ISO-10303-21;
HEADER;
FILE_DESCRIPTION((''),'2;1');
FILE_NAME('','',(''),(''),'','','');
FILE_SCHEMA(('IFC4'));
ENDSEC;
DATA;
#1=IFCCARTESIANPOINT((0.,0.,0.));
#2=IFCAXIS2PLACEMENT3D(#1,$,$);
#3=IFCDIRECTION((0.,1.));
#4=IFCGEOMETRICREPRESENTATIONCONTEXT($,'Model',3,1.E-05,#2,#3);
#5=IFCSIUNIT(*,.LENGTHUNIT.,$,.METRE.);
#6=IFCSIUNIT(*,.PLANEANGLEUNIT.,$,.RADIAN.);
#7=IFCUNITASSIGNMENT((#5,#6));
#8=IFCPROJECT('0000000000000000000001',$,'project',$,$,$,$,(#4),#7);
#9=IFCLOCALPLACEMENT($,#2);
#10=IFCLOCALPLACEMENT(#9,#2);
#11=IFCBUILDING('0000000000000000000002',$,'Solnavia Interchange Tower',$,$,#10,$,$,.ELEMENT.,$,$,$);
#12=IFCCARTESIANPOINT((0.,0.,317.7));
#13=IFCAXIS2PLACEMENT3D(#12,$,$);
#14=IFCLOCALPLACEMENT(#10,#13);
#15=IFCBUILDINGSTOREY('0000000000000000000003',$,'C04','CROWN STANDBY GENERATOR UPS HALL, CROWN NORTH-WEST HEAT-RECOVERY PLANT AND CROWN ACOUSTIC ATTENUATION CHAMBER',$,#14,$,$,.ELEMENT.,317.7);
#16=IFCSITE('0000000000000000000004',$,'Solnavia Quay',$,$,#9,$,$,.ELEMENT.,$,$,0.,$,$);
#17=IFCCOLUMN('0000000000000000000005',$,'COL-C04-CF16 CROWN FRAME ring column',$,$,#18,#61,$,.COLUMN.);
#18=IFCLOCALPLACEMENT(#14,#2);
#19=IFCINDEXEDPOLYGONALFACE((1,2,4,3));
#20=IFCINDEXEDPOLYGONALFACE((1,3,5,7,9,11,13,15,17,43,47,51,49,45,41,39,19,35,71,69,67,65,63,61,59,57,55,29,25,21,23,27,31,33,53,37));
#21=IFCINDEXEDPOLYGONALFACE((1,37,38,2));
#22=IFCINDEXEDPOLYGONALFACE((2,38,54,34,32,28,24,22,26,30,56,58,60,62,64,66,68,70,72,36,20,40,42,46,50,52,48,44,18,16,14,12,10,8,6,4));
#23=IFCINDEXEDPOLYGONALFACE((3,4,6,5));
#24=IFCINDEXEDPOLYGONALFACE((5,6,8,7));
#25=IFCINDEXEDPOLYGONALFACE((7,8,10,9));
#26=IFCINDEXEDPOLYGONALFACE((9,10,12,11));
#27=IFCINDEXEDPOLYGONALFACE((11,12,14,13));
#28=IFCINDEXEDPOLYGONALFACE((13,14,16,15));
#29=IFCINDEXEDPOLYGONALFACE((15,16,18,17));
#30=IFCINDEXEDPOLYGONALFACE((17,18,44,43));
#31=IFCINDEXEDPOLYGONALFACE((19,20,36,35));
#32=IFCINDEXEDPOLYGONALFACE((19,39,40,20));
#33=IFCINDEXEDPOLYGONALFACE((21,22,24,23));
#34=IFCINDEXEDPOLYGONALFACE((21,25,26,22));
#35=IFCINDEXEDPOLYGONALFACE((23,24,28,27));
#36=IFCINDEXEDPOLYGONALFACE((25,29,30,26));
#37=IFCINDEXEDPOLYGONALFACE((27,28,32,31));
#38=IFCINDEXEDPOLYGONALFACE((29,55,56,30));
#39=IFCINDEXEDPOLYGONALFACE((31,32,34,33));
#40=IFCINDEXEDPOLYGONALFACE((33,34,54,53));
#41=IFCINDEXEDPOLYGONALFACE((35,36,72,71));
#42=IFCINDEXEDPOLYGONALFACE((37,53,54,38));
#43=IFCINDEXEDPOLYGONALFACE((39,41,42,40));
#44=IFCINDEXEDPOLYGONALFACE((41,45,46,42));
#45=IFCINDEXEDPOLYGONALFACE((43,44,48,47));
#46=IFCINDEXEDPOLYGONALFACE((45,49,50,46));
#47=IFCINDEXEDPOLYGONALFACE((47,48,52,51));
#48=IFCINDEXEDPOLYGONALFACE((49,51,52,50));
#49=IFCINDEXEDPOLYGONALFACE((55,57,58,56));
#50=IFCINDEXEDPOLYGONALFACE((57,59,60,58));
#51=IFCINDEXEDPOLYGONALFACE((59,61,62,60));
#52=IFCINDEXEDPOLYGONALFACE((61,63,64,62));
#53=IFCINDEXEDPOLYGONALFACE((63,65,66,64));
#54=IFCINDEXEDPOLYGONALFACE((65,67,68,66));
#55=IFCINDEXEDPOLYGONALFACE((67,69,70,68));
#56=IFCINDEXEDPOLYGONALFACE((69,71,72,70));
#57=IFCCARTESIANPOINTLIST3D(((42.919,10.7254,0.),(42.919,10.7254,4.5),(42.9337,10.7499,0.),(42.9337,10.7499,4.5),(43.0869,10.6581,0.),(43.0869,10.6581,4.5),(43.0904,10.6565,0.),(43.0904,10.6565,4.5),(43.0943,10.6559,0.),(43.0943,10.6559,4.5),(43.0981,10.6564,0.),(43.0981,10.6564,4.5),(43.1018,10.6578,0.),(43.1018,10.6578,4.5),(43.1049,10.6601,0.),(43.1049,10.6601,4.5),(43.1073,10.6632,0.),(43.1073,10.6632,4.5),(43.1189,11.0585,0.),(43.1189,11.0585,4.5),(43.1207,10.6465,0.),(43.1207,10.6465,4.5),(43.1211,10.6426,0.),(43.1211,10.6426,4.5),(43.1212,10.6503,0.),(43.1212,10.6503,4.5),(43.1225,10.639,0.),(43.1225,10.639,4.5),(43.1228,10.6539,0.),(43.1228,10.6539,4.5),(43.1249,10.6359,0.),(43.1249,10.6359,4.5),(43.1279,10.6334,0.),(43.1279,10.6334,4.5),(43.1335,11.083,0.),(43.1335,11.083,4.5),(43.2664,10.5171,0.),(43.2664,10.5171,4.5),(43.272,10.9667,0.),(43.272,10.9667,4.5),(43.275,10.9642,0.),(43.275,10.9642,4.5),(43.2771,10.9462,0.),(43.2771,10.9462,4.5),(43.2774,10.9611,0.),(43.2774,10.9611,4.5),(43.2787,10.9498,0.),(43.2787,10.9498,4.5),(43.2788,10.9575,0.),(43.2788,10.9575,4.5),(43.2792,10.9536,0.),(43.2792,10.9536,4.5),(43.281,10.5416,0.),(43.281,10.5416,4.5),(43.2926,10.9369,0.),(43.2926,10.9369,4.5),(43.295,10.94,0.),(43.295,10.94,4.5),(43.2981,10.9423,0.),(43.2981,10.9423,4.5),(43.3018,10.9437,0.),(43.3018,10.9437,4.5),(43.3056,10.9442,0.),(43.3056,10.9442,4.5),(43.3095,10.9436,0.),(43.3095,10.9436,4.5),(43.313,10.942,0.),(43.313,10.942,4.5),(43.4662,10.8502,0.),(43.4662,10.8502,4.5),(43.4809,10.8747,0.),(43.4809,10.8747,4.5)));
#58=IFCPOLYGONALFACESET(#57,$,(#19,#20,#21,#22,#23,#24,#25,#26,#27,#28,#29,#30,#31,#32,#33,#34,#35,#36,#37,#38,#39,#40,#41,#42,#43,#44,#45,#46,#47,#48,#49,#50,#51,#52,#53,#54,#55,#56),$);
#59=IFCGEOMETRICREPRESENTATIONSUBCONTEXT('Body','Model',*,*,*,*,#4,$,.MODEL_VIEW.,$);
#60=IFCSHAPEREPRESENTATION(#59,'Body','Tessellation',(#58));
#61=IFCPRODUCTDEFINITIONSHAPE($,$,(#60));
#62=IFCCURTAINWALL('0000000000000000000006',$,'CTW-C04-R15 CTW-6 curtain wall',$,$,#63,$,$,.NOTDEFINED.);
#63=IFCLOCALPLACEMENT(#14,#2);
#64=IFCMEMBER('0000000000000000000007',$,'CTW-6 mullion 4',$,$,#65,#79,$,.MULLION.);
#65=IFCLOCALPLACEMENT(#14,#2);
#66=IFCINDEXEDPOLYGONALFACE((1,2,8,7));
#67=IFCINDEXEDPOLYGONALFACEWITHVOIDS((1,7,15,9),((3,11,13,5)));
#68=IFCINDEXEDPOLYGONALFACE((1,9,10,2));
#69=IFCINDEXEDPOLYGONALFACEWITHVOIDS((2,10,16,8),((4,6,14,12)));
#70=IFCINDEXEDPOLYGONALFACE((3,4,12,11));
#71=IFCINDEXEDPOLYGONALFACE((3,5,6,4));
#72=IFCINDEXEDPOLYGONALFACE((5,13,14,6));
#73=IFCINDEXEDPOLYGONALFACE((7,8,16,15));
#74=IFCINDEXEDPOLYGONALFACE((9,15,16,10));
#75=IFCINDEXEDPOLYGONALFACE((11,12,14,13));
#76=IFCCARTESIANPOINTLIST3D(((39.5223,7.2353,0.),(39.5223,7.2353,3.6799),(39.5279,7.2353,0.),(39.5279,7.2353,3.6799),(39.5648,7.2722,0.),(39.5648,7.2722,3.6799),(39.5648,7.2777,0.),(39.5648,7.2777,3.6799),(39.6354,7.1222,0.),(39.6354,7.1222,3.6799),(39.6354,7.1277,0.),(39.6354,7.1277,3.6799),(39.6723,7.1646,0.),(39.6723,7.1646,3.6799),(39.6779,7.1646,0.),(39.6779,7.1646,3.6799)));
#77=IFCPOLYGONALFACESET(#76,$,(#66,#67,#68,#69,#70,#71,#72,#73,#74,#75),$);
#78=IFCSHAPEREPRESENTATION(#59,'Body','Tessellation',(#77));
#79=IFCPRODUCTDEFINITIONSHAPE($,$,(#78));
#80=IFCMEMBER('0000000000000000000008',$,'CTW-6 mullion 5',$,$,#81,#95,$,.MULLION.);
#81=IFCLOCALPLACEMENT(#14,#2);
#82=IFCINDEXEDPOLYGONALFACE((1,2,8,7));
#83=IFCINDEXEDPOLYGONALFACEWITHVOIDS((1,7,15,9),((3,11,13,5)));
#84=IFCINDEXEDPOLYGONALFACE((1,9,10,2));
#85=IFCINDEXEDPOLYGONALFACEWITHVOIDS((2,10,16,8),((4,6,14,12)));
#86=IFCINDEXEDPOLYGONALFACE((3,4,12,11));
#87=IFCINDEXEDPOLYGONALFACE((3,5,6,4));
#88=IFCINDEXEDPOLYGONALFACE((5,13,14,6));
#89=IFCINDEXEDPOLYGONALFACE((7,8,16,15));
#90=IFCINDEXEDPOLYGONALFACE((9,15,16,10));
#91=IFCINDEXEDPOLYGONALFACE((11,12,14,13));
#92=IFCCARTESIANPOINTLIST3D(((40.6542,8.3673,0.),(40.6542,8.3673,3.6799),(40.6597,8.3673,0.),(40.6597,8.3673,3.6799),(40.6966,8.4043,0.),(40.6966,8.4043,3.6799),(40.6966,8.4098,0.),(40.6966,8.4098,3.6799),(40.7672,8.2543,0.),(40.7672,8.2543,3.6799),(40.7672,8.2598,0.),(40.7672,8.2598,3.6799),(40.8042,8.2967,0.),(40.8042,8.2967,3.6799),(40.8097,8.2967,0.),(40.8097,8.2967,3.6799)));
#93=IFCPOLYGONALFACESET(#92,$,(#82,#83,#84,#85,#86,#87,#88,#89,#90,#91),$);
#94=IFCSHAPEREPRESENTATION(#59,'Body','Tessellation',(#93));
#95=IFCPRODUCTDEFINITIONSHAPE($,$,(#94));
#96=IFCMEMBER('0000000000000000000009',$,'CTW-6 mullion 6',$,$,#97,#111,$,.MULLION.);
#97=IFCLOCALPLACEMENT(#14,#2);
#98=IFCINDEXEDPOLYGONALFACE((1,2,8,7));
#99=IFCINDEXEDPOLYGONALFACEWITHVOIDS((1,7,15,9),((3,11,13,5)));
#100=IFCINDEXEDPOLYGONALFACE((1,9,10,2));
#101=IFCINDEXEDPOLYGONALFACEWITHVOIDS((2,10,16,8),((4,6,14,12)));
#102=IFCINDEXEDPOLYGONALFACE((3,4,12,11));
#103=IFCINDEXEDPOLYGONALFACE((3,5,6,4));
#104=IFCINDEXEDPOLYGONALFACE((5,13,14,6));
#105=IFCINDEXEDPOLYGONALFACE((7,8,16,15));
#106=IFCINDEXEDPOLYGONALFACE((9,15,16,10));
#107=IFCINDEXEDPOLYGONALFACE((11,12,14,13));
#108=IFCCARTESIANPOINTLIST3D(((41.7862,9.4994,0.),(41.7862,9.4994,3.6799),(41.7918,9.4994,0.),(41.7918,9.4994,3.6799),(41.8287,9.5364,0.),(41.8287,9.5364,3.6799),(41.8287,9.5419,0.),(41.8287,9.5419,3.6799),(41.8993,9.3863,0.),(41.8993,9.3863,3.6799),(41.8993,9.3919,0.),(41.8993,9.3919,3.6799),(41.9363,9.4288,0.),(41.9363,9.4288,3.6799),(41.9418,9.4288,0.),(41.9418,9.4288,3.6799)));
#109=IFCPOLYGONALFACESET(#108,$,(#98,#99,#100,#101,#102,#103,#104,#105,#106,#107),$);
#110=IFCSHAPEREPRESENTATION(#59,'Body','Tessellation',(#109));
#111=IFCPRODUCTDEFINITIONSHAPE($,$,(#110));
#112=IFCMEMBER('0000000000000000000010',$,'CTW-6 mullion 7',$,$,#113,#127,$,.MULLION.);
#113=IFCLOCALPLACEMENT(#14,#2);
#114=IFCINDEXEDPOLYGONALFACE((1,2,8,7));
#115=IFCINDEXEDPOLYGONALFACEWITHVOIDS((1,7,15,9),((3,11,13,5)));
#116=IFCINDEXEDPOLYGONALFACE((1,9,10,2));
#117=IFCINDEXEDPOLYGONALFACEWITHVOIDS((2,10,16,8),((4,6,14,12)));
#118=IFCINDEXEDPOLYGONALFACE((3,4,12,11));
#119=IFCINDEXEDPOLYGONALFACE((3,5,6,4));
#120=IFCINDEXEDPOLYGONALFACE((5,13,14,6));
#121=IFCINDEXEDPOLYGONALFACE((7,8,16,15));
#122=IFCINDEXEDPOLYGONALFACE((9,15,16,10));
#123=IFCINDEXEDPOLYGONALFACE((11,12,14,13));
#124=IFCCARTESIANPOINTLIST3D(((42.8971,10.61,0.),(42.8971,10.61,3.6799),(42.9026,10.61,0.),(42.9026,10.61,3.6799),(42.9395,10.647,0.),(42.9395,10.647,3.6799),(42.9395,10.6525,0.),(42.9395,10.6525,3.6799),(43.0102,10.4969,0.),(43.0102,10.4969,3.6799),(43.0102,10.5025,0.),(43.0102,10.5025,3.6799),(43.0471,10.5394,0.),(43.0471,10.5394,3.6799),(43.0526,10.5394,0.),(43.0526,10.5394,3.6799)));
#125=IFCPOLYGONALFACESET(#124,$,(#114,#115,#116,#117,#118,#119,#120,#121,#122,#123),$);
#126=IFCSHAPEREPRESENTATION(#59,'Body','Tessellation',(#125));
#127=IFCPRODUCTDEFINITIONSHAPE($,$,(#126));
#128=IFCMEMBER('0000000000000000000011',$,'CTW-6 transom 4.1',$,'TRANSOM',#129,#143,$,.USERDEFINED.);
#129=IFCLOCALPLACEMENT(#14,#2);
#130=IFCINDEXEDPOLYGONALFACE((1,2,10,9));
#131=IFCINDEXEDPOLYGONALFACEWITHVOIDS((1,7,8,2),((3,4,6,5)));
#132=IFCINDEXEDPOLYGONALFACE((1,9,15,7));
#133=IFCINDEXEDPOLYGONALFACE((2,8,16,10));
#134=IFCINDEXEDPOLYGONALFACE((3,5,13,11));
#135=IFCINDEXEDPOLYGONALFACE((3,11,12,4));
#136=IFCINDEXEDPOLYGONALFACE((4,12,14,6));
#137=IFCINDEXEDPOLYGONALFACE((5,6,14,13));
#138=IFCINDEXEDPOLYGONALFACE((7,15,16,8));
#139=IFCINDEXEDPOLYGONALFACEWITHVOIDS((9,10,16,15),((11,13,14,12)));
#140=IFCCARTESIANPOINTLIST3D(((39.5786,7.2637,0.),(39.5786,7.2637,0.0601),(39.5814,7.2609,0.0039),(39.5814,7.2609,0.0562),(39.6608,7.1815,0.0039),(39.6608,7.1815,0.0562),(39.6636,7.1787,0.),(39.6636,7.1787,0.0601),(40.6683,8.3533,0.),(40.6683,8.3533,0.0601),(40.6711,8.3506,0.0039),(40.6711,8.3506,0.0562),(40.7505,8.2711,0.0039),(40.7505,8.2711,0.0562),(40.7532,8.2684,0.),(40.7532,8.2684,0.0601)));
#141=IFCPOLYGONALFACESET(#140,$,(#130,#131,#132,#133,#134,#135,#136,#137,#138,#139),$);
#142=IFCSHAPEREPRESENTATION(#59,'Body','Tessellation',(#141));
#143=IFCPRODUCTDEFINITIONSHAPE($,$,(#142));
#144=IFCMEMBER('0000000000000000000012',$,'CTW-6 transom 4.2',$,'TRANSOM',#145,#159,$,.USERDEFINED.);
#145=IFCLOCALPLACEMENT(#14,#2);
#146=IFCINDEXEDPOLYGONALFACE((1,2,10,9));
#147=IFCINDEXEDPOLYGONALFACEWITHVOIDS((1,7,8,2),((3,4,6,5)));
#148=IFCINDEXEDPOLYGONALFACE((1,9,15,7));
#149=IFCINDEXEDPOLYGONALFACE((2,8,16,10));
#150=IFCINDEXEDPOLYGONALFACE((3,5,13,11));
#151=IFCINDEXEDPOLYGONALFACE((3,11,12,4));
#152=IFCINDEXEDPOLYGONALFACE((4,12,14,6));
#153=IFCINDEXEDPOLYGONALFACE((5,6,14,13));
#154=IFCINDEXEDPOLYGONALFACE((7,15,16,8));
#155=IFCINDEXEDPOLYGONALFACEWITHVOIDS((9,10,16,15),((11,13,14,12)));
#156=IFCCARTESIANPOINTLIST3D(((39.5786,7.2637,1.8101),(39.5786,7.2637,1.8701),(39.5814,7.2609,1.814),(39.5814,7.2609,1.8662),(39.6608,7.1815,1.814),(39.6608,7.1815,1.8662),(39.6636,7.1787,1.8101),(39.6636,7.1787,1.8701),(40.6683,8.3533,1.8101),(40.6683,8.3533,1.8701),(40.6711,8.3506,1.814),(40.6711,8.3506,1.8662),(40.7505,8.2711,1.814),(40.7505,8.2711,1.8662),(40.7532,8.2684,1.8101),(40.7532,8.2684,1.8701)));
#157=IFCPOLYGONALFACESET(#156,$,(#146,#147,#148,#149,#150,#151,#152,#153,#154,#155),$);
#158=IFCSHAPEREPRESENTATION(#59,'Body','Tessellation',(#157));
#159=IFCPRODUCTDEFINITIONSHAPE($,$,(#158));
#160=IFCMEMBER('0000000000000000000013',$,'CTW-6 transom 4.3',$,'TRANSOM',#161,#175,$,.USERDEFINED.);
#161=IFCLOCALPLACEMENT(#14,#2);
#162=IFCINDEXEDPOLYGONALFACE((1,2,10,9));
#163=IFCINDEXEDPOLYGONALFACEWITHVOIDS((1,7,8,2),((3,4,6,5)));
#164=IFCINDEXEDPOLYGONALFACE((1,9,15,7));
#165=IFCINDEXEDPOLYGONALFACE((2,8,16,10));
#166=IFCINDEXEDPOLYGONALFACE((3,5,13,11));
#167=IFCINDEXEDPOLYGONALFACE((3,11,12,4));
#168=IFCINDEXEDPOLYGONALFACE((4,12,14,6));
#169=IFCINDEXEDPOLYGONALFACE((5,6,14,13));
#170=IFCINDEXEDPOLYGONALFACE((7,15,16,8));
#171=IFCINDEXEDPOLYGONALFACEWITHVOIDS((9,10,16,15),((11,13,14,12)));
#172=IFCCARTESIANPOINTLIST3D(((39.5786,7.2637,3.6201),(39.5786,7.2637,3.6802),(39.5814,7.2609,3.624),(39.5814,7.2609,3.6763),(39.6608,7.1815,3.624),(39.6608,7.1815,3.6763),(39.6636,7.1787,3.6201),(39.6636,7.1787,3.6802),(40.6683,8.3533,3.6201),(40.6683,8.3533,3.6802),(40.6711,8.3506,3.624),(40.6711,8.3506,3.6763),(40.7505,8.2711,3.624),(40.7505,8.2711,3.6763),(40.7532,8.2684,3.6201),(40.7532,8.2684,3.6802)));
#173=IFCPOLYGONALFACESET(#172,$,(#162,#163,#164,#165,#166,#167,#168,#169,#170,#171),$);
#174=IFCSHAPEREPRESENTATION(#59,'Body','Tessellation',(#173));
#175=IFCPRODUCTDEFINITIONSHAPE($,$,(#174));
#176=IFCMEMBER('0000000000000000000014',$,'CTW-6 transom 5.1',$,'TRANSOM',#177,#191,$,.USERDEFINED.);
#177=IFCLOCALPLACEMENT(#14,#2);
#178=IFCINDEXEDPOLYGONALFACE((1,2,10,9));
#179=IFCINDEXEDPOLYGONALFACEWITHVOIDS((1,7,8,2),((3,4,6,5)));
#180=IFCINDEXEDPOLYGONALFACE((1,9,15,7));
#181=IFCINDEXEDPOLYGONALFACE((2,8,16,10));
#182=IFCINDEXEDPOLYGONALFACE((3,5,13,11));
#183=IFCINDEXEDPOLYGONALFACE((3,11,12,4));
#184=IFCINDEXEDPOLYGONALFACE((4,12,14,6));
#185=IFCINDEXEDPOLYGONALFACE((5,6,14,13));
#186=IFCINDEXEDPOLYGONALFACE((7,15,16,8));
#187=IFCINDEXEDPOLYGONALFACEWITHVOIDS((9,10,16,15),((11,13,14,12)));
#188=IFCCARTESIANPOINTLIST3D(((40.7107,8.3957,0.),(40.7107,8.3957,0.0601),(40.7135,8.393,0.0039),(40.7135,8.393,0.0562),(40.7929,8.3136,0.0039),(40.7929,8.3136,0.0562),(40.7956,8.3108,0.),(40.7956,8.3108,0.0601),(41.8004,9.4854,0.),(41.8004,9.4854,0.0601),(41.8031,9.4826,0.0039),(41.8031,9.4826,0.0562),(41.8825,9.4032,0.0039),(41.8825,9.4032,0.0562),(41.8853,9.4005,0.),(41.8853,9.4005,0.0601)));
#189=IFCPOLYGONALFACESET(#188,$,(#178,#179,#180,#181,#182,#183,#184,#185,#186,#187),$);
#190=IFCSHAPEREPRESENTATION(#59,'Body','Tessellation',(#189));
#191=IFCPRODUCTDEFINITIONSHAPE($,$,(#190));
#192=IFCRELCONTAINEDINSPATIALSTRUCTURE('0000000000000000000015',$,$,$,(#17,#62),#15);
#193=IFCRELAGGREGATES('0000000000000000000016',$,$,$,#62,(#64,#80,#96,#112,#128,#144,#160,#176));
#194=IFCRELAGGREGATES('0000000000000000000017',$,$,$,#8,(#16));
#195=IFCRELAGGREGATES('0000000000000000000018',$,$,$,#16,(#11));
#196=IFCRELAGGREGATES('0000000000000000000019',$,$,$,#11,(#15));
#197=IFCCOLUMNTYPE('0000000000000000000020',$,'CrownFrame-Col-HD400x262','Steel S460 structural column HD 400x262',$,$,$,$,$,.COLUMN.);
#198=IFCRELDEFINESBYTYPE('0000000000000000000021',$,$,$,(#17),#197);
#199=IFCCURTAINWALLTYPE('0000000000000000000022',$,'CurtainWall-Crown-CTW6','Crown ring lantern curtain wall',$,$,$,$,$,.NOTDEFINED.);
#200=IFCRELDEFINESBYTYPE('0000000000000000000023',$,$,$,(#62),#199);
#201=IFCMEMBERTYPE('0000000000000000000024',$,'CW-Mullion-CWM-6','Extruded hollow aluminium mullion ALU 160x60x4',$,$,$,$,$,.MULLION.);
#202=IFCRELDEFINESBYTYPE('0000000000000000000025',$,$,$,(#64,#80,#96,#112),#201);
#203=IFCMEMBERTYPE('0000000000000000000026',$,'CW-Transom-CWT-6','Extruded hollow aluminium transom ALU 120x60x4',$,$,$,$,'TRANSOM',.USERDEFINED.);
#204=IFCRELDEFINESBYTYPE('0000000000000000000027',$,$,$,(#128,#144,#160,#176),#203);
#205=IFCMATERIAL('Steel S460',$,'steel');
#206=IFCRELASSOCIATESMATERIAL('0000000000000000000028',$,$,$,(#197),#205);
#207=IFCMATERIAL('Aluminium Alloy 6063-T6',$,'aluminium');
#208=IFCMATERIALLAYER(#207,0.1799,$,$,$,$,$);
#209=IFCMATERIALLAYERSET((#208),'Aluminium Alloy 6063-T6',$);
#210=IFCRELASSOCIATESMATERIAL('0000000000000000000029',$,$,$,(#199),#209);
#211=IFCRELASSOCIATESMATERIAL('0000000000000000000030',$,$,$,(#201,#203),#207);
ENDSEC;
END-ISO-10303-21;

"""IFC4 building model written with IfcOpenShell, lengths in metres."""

from ifc_helpers import new_model, si_unit, direction, frame, origin, origin_2d, place, context, subcontext, project, spatial, hollow_rectangle, i_section, extrude, material, layer, layer_set, material_profile, profile_set, type_object, element, aggregate, save


model = new_model("IFC4")

# Units and contexts
model_context = context("Model", 3, precision=1e-05, world=origin(), true_north=direction((0.0, 1.0)))
body_context = subcontext(model_context, "Body", "Model", "MODEL_VIEW")
ifc_project = project(units=[si_unit("LENGTHUNIT", "METRE"), si_unit("PLANEANGLEUNIT", "RADIAN")], contexts=[model_context])

# Site, building, storey
site_placement = place(None, origin())
site = spatial("IfcSite", under=ifc_project, at=site_placement, Name="Solnavia Quay", CompositionType="ELEMENT", RefElevation=0.0)
building_placement = place(site_placement, origin())
building = spatial("IfcBuilding", under=site, at=building_placement, Name="Solnavia Interchange Tower", CompositionType="ELEMENT")
storey_placement = place(building_placement, frame((0.0, 0.0, 317.7)))
storey = spatial("IfcBuildingStorey", under=building, at=storey_placement, Name="C04", Description="CROWN STANDBY GENERATOR UPS HALL, CROWN NORTH-WEST HEAT-RECOVERY PLANT AND CROWN ACOUSTIC ATTENUATION CHAMBER", CompositionType="ELEMENT", Elevation=317.7)

# Column
ifc_material_1 = material(Name="Steel S460", Category="steel")
ifc_material_profile_1 = material_profile(ifc_material_1, i_section(OverallWidth=0.405, OverallDepth=0.417, WebThickness=0.0181, FlangeThickness=0.0286, FilletRadius=0.0149, at=origin_2d()), Name="HD 400x262")
ifc_profile_set_1 = profile_set([ifc_material_profile_1], Name="Steel S460")
column_type = type_object("IfcColumnType", Name="CrownFrame-Col-HD400x262", Description="Steel S460 structural column HD 400x262", PredefinedType="COLUMN", material=ifc_profile_set_1)
column_placement = place(storey_placement, frame((43.2, 10.8, 0.0), z_axis=(0.0, 0.0, 1.0), x_axis=(0.857527, -0.51444, 0.0)))
element("IfcColumn", 1, at=column_placement, inside=storey, type_object=column_type, Name="COL-C04-CF16 CROWN FRAME ring column", PredefinedType="COLUMN", context=body_context, shape_type="SweptSolid", body=[
    extrude(i_section(OverallWidth=0.405, OverallDepth=0.417, WebThickness=0.0181, FlangeThickness=0.0286, FilletRadius=0.0149, at=origin_2d()), origin(), (0.0, 0.0, 1.0), 4.5),
])

# Curtain wall, members
ifc_material_2 = material(Name="Aluminium Alloy 6063-T6", Category="aluminium")
ifc_layer_1 = layer(ifc_material_2, 0.1799)
ifc_layer_set_1 = layer_set([ifc_layer_1], Name="Aluminium Alloy 6063-T6")
curtain_wall_type = type_object("IfcCurtainWallType", Name="CurtainWall-Crown-CTW6", Description="Crown ring lantern curtain wall", PredefinedType="NOTDEFINED", material=ifc_layer_set_1)
curtain_wall_placement = place(storey_placement, origin())
curtain_wall = element("IfcCurtainWall", 2, at=curtain_wall_placement, inside=storey, type_object=curtain_wall_type, Name="CTW-C04-R15 CTW-6 curtain wall", PredefinedType="NOTDEFINED")
ifc_material_profile_2 = material_profile(ifc_material_2, hollow_rectangle(XDim=0.0601, YDim=0.1599, WallThickness=0.0039, at=origin_2d()), Name="ALU 160x60x4")
ifc_profile_set_2 = profile_set([ifc_material_profile_2], Name="Aluminium Alloy 6063-T6")
member_type_1 = type_object("IfcMemberType", Name="CW-Mullion-CWM-6", Description="Extruded hollow aluminium mullion ALU 160x60x4", PredefinedType="MULLION", material=ifc_profile_set_2)
member_1_placement = place(storey_placement, frame((39.6001, 7.2, 0.0), z_axis=(0.0, 0.0, 1.0), x_axis=(0.707107, 0.707107, 0.0)))
member_1 = element("IfcMember", 3, at=member_1_placement, type_object=member_type_1, Name="CTW-6 mullion 4", PredefinedType="MULLION", context=body_context, shape_type="SweptSolid", body=[
    extrude(hollow_rectangle(XDim=0.0601, YDim=0.1599, WallThickness=0.0039, at=origin_2d()), origin(), (0.0, 0.0, 1.0), 3.6799),
])
member_2_placement = place(storey_placement, frame((40.7319, 8.332, 0.0), z_axis=(0.0, 0.0, 1.0), x_axis=(0.707107, 0.707107, 0.0)))
member_2 = element("IfcMember", 4, at=member_2_placement, type_object=member_type_1, Name="CTW-6 mullion 5", PredefinedType="MULLION", context=body_context, shape_type="SweptSolid", body=[
    extrude(hollow_rectangle(XDim=0.0601, YDim=0.1599, WallThickness=0.0039, at=origin_2d()), origin(), (0.0, 0.0, 1.0), 3.6799),
])
member_3_placement = place(storey_placement, frame((41.864, 9.4641, 0.0), z_axis=(0.0, 0.0, 1.0), x_axis=(0.707107, 0.707107, 0.0)))
member_3 = element("IfcMember", 5, at=member_3_placement, type_object=member_type_1, Name="CTW-6 mullion 6", PredefinedType="MULLION", context=body_context, shape_type="SweptSolid", body=[
    extrude(hollow_rectangle(XDim=0.0601, YDim=0.1599, WallThickness=0.0039, at=origin_2d()), origin(), (0.0, 0.0, 1.0), 3.6799),
])
member_4_placement = place(storey_placement, frame((42.9749, 10.5747, 0.0), z_axis=(0.0, 0.0, 1.0), x_axis=(0.707107, 0.707107, 0.0)))
member_4 = element("IfcMember", 6, at=member_4_placement, type_object=member_type_1, Name="CTW-6 mullion 7", PredefinedType="MULLION", context=body_context, shape_type="SweptSolid", body=[
    extrude(hollow_rectangle(XDim=0.0601, YDim=0.1599, WallThickness=0.0039, at=origin_2d()), origin(), (0.0, 0.0, 1.0), 3.6799),
])
ifc_material_profile_3 = material_profile(ifc_material_2, hollow_rectangle(XDim=0.0601, YDim=0.1201, WallThickness=0.0039, at=origin_2d()), Name="ALU 120x60x4")
ifc_profile_set_3 = profile_set([ifc_material_profile_3], Name="Aluminium Alloy 6063-T6")
member_type_2 = type_object("IfcMemberType", Name="CW-Transom-CWT-6", Description="Extruded hollow aluminium transom ALU 120x60x4", ElementType="TRANSOM", PredefinedType="USERDEFINED", material=ifc_profile_set_3)
member_5_placement = place(storey_placement, frame((39.6211, 7.2212, 0.03), z_axis=(0.707107, 0.707107, 0.0), x_axis=(0.0, 0.0, 1.0)))
member_5 = element("IfcMember", 7, at=member_5_placement, type_object=member_type_2, Name="CTW-6 transom 4.1", ObjectType="TRANSOM", PredefinedType="USERDEFINED", context=body_context, shape_type="SweptSolid", body=[
    extrude(hollow_rectangle(XDim=0.0601, YDim=0.1201, WallThickness=0.0039, at=origin_2d()), origin(), (0.0, 0.0, 1.0), 1.541),
])
member_6_placement = place(storey_placement, frame((39.6211, 7.2212, 1.8401), z_axis=(0.707107, 0.707107, 0.0), x_axis=(0.0, 0.0, 1.0)))
member_6 = element("IfcMember", 8, at=member_6_placement, type_object=member_type_2, Name="CTW-6 transom 4.2", ObjectType="TRANSOM", PredefinedType="USERDEFINED", context=body_context, shape_type="SweptSolid", body=[
    extrude(hollow_rectangle(XDim=0.0601, YDim=0.1201, WallThickness=0.0039, at=origin_2d()), origin(), (0.0, 0.0, 1.0), 1.541),
])
member_7_placement = place(storey_placement, frame((39.6211, 7.2212, 3.6501), z_axis=(0.707107, 0.707107, 0.0), x_axis=(0.0, 0.0, 1.0)))
member_7 = element("IfcMember", 9, at=member_7_placement, type_object=member_type_2, Name="CTW-6 transom 4.3", ObjectType="TRANSOM", PredefinedType="USERDEFINED", context=body_context, shape_type="SweptSolid", body=[
    extrude(hollow_rectangle(XDim=0.0601, YDim=0.1201, WallThickness=0.0039, at=origin_2d()), origin(), (0.0, 0.0, 1.0), 1.541),
])
member_8_placement = place(storey_placement, frame((40.7532, 8.3533, 0.03), z_axis=(0.707107, 0.707107, 0.0), x_axis=(0.0, 0.0, 1.0)))
member_8 = element("IfcMember", 10, at=member_8_placement, type_object=member_type_2, Name="CTW-6 transom 5.1", ObjectType="TRANSOM", PredefinedType="USERDEFINED", context=body_context, shape_type="SweptSolid", body=[
    extrude(hollow_rectangle(XDim=0.0601, YDim=0.1201, WallThickness=0.0039, at=origin_2d()), origin(), (0.0, 0.0, 1.0), 1.541),
])

aggregate(curtain_wall, [member_1, member_2, member_3, member_4, member_5, member_6, member_7, member_8])

save(model, "model.ifc")
